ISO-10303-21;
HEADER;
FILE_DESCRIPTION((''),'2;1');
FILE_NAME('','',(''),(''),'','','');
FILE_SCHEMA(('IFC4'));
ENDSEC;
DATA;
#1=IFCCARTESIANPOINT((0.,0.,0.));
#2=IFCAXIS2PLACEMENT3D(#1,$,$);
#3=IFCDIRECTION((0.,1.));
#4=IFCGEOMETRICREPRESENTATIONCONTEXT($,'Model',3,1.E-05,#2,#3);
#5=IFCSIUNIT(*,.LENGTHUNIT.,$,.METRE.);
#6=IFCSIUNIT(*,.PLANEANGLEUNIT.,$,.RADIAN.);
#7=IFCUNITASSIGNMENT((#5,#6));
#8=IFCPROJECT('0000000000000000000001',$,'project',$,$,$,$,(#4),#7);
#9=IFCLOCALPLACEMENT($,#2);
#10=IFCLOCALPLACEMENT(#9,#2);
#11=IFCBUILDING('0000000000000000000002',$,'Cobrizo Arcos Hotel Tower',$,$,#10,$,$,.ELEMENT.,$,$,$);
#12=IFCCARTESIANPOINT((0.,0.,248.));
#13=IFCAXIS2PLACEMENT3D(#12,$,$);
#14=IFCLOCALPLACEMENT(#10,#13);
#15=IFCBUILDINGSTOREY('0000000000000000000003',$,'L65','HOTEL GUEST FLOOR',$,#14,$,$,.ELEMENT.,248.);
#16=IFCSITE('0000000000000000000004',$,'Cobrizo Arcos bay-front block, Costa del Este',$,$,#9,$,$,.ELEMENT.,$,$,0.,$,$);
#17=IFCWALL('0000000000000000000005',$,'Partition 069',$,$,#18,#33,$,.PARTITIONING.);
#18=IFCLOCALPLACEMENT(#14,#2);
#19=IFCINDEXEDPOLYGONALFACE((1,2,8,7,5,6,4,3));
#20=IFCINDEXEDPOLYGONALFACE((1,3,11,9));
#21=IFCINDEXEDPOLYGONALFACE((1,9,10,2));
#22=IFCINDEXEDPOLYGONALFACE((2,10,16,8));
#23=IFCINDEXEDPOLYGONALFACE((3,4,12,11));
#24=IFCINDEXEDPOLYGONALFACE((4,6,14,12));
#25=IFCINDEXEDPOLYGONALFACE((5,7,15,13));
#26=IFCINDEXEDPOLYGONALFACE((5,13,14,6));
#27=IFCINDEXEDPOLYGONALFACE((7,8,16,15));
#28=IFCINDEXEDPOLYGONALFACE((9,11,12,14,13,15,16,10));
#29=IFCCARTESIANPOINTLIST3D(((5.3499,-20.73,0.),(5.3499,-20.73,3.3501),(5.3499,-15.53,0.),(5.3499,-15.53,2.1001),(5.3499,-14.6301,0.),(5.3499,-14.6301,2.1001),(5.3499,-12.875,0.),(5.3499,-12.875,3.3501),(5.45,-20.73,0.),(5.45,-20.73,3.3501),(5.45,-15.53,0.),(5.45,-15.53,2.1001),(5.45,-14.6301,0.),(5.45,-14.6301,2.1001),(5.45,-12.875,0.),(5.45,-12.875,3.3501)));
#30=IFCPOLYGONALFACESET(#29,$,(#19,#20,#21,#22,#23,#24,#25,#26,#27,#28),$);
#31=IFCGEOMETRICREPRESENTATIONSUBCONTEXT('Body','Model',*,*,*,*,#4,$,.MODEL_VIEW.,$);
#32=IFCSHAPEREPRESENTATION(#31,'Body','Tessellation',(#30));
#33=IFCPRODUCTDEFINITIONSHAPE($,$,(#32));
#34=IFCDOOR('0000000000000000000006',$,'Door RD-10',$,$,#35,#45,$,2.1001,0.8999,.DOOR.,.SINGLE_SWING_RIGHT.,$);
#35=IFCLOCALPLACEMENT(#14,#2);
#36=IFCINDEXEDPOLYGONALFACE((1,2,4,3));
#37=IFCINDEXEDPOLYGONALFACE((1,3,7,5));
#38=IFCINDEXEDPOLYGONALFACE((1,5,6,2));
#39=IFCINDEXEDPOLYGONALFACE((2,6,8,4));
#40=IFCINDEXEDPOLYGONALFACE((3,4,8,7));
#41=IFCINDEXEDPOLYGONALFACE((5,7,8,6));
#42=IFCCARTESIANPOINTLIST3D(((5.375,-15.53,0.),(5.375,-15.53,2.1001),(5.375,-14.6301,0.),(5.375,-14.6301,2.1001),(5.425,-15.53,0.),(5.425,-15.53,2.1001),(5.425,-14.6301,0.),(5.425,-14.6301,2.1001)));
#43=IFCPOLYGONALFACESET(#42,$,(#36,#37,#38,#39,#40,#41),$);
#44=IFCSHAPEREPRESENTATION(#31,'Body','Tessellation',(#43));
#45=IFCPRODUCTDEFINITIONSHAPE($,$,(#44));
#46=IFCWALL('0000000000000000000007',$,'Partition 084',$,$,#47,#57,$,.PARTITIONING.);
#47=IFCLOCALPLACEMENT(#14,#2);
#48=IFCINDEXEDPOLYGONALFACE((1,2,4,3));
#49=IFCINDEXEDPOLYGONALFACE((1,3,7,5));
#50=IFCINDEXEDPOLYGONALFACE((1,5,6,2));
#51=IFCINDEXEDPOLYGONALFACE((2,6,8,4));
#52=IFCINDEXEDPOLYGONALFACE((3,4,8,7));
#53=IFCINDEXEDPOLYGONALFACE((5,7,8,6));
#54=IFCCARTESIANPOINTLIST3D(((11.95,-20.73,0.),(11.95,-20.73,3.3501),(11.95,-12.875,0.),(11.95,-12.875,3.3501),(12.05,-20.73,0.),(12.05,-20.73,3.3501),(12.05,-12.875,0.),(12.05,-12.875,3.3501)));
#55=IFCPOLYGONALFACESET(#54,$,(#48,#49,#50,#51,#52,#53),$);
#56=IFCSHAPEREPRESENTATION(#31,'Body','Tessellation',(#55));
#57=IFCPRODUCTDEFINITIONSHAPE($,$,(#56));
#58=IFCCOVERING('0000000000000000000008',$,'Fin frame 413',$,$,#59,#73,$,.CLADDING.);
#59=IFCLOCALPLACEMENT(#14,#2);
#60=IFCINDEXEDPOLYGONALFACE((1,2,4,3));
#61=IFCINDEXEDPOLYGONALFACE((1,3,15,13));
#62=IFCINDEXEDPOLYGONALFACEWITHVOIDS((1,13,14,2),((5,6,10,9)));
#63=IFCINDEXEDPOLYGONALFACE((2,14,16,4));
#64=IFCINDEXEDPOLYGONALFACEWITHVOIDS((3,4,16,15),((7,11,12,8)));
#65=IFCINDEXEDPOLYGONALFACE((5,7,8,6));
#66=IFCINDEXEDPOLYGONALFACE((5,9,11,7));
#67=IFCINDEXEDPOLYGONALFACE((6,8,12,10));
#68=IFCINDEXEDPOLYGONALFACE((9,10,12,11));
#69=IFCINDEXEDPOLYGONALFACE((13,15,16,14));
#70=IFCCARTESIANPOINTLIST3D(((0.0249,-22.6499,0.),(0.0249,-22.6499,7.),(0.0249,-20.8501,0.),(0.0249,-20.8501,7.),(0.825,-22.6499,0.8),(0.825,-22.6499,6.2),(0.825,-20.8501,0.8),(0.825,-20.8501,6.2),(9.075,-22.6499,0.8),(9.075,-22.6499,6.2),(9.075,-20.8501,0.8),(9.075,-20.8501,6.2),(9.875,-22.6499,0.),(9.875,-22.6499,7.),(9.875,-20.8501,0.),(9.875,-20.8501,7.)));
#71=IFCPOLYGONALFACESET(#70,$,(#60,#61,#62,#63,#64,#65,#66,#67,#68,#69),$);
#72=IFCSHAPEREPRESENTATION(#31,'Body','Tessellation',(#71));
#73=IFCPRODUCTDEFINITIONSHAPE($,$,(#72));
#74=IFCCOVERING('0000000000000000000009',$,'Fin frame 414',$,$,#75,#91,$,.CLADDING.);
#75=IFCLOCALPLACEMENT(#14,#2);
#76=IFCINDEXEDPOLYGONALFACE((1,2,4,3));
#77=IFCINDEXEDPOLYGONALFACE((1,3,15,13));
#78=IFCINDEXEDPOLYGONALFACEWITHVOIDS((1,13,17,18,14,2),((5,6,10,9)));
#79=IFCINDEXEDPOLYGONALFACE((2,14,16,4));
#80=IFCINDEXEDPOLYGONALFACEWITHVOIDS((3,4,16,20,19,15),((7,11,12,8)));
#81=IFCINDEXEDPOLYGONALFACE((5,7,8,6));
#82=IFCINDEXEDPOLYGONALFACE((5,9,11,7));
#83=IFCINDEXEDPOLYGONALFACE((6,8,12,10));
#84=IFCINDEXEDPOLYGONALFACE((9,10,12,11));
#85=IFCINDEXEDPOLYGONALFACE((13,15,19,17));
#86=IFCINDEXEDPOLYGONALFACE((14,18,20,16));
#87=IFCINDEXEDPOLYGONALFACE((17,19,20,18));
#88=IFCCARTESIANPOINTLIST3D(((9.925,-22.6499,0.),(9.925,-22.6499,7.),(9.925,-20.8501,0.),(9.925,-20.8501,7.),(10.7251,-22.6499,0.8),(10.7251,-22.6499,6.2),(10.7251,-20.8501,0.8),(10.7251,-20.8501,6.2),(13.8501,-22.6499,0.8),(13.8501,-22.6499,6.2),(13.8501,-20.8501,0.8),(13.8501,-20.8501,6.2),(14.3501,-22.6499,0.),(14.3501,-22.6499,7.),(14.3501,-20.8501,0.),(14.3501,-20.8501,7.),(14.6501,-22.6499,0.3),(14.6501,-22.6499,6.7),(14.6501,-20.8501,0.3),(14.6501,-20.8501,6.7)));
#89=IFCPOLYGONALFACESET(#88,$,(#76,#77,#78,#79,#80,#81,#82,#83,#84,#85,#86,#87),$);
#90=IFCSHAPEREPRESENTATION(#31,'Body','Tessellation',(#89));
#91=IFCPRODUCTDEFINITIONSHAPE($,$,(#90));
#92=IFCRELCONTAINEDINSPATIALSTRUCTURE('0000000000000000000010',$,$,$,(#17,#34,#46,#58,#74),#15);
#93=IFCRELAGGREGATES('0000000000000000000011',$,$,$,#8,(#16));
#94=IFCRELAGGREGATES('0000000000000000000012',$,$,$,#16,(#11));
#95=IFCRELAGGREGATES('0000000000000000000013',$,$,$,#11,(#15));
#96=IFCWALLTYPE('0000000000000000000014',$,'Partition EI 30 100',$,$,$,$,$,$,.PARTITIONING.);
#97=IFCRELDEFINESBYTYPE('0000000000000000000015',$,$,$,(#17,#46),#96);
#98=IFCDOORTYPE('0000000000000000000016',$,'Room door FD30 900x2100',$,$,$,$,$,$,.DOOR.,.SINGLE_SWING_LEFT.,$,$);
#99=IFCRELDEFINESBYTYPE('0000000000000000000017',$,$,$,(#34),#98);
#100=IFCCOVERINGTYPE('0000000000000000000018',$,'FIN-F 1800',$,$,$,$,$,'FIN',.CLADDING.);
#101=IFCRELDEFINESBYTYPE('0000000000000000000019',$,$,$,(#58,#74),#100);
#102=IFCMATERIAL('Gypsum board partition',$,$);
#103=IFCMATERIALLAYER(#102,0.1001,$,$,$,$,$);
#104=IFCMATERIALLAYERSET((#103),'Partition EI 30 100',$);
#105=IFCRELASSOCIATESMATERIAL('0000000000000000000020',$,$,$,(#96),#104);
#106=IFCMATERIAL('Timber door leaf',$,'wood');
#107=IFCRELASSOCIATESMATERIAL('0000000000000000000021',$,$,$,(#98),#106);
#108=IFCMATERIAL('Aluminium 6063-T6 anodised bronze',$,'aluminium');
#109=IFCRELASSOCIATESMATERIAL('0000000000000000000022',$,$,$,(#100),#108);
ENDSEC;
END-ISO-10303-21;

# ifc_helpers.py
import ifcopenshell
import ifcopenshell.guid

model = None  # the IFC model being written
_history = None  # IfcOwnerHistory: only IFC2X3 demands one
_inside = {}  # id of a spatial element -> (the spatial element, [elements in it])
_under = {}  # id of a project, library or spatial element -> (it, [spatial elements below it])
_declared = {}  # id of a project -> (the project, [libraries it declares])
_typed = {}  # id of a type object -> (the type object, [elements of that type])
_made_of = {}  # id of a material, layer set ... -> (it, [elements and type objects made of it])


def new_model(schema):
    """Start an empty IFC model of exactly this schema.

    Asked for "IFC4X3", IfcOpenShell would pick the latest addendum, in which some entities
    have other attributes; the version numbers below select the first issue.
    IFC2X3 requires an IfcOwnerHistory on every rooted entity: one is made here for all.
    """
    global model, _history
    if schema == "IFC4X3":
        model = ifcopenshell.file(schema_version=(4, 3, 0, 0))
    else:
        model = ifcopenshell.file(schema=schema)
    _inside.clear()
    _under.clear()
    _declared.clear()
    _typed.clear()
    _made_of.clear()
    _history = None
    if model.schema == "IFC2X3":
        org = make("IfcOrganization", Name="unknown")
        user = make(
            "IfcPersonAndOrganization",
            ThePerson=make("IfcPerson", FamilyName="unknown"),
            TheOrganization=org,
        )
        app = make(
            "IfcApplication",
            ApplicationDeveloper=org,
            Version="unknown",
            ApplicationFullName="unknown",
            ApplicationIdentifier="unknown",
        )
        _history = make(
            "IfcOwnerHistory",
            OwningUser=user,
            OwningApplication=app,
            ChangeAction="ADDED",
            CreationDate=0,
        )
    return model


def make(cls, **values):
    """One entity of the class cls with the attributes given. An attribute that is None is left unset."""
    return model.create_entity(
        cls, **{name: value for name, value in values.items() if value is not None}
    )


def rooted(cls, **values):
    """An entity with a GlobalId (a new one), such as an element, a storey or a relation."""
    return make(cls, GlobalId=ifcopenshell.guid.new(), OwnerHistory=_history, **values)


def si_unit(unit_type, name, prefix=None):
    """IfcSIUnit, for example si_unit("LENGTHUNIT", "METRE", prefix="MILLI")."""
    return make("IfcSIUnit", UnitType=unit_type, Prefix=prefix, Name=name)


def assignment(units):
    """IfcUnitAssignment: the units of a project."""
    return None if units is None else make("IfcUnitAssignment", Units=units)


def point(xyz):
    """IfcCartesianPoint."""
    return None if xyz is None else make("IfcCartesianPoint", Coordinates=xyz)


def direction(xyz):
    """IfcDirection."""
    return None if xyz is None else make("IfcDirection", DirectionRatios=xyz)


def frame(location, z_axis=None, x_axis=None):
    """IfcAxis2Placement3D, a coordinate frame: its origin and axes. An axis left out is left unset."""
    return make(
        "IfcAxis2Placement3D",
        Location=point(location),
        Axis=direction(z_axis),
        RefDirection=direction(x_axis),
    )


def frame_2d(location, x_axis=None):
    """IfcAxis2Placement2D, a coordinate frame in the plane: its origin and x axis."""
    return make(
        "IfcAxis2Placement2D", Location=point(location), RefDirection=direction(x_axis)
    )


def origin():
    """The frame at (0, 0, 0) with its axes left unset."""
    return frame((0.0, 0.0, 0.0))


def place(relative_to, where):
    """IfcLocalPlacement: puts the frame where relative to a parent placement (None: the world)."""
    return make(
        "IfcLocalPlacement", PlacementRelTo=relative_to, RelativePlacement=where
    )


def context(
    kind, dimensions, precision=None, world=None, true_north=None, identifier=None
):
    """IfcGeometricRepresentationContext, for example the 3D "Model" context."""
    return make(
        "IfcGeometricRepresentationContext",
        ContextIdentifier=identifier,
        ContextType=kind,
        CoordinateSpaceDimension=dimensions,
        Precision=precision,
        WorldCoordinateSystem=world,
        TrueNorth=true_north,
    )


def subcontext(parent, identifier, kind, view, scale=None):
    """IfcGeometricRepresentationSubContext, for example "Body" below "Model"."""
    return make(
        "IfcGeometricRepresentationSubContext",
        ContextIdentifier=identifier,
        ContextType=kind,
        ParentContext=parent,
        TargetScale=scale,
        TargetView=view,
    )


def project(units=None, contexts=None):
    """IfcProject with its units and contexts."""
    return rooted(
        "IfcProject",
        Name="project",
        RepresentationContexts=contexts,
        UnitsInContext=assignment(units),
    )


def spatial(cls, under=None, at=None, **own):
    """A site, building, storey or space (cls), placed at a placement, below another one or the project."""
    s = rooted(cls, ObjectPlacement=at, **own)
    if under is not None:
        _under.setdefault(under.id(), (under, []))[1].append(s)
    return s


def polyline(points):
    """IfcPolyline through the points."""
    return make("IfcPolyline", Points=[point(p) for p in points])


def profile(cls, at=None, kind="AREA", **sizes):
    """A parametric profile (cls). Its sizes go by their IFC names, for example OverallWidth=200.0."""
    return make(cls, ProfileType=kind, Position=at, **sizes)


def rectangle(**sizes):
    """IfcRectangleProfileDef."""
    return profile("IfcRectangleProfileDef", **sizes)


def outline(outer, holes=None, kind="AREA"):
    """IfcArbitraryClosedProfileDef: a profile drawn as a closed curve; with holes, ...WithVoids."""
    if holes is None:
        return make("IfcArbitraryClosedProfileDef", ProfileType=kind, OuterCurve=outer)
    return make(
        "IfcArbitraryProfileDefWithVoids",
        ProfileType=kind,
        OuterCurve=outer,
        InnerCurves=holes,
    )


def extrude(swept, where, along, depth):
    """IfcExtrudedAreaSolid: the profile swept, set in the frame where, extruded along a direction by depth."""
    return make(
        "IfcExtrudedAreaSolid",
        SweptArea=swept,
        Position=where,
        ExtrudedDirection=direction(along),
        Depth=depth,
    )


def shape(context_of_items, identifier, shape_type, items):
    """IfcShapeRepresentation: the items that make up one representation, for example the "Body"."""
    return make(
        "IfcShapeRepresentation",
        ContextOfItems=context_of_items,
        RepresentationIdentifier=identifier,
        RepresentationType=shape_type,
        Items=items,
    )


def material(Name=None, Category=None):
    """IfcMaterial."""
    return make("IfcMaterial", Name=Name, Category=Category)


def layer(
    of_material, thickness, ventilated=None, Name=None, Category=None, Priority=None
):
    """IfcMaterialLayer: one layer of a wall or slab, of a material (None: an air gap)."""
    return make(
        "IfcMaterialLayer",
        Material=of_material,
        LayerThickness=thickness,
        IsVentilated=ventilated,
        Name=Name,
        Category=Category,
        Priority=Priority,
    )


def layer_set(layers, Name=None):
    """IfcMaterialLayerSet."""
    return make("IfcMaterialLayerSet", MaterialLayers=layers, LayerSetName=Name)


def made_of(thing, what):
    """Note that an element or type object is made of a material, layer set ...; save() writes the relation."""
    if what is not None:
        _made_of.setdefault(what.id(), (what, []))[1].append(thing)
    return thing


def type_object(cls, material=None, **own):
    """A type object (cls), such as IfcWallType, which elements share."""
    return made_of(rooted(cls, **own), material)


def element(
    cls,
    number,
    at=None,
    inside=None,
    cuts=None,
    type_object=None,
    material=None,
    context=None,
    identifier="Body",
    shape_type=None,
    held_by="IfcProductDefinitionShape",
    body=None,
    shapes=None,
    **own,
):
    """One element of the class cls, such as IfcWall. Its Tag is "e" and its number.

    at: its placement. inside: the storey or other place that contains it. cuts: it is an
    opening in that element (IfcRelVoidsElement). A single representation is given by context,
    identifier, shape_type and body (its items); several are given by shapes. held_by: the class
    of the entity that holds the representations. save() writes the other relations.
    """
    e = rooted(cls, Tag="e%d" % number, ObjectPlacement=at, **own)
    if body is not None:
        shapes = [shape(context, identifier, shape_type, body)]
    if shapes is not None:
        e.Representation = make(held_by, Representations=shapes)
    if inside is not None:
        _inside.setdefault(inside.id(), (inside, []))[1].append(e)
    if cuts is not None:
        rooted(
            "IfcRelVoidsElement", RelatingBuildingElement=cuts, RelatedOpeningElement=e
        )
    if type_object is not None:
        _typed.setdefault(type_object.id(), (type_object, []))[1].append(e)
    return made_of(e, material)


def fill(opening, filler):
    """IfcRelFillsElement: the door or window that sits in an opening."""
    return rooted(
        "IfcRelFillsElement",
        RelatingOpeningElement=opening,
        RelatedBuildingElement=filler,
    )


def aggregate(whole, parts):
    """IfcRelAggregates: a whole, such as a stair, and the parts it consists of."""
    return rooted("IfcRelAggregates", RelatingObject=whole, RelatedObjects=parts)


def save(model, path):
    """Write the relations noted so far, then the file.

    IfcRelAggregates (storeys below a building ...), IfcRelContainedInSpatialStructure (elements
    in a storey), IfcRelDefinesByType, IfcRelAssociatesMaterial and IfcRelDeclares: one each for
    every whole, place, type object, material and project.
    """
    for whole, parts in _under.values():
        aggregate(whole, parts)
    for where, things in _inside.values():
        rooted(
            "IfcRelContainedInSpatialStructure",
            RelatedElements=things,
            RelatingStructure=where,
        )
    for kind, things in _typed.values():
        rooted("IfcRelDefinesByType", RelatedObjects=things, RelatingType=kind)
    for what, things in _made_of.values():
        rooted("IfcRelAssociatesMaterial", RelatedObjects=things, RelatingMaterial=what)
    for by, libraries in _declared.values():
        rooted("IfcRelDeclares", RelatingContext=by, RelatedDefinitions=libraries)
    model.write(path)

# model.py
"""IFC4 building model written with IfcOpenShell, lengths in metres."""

from ifc_helpers import new_model, si_unit, direction, frame, frame_2d, origin, place, context, subcontext, project, spatial, polyline, rectangle, outline, extrude, material, layer, layer_set, type_object, element, fill, save


model = new_model("IFC4")

# Units and contexts
model_context = context("Model", 3, precision=1e-05, world=origin(), true_north=direction((0.0, 1.0)))
body_context = subcontext(model_context, "Body", "Model", "MODEL_VIEW")
ifc_project = project(units=[si_unit("LENGTHUNIT", "METRE"), si_unit("PLANEANGLEUNIT", "RADIAN")], contexts=[model_context])

# Site, building, storey
site_placement = place(None, origin())
site = spatial("IfcSite", under=ifc_project, at=site_placement, Name="Cobrizo Arcos bay-front block, Costa del Este", CompositionType="ELEMENT", RefElevation=0.0)
building_placement = place(site_placement, origin())
building = spatial("IfcBuilding", under=site, at=building_placement, Name="Cobrizo Arcos Hotel Tower", CompositionType="ELEMENT")
storey_placement = place(building_placement, frame((0.0, 0.0, 248.0)))
storey = spatial("IfcBuildingStorey", under=building, at=storey_placement, Name="L65", Description="HOTEL GUEST FLOOR", CompositionType="ELEMENT", Elevation=248.0)

# Shared definitions
ifc_material_1 = material(Name="Aluminium 6063-T6 anodised bronze", Category="aluminium")

# Shared definitions
ifc_material_2 = material(Name="Gypsum board partition")
ifc_layer_1 = layer(ifc_material_2, 0.1001)
ifc_layer_set_1 = layer_set([ifc_layer_1], Name="Partition EI 30 100")
wall_type = type_object("IfcWallType", Name="Partition EI 30 100", PredefinedType="PARTITIONING", material=ifc_layer_set_1)
ifc_material_3 = material(Name="Timber door leaf", Category="wood")

# Wall, opening, door
wall_1_placement = place(storey_placement, frame((5.3999, -20.73, 0.0), z_axis=(0.0, 0.0, 1.0), x_axis=(0.0, 1.0, 0.0)))
wall_1 = element("IfcWall", 1, at=wall_1_placement, inside=storey, type_object=wall_type, Name="Partition 069", PredefinedType="PARTITIONING", context=body_context, shape_type="SweptSolid", body=[
    extrude(rectangle(XDim=7.855, YDim=0.1001, at=frame_2d((3.9275, 0.0))), origin(), (0.0, 0.0, 1.0), 3.3501),
])
opening_1_placement = place(wall_1_placement, frame((5.2, 0.0, 0.0)))
opening_1 = element("IfcOpeningElement", 2, at=opening_1_placement, cuts=wall_1, PredefinedType="OPENING", context=body_context, shape_type="SweptSolid", body=[
    extrude(rectangle(XDim=0.8999, YDim=2.1001, at=frame_2d((0.45, 1.05))), frame((0.0, 0.062, 0.0), z_axis=(0.0, -1.0, 0.0), x_axis=(1.0, 0.0, 0.0)), (0.0, 0.0, 1.0), 0.124),
])
door_type_1 = type_object("IfcDoorType", Name="Room door FD30 900x2100", OperationType="SINGLE_SWING_LEFT", PredefinedType="DOOR", material=ifc_material_3)
door_1_placement = place(opening_1_placement, origin())
door_1 = element("IfcDoor", 3, at=door_1_placement, inside=storey, type_object=door_type_1, Name="Door RD-10", OperationType="SINGLE_SWING_RIGHT", OverallHeight=2.1001, OverallWidth=0.8999, PredefinedType="DOOR", context=body_context, shape_type="SweptSolid", body=[
    extrude(rectangle(XDim=0.8999, YDim=2.1001, at=frame_2d((0.45, 1.05))), frame((0.0, 0.0249, 0.0), z_axis=(0.0, -1.0, 0.0), x_axis=(1.0, 0.0, 0.0)), (0.0, 0.0, 1.0), 0.05),
])
fill(opening_1, door_1)

# Wall
wall_2_placement = place(storey_placement, frame((12.0, -20.73, 0.0), z_axis=(0.0, 0.0, 1.0), x_axis=(0.0, 1.0, 0.0)))
element("IfcWall", 4, at=wall_2_placement, inside=storey, type_object=wall_type, Name="Partition 084", PredefinedType="PARTITIONING", context=body_context, shape_type="SweptSolid", body=[
    extrude(rectangle(XDim=7.855, YDim=0.1001, at=frame_2d((3.9275, 0.0))), origin(), (0.0, 0.0, 1.0), 3.3501),
])

# Coverings
covering_type = type_object("IfcCoveringType", Name="FIN-F 1800", ElementType="FIN", PredefinedType="CLADDING", material=ifc_material_1)
covering_1_placement = place(storey_placement, frame((0.0249, -20.8501, 0.0), z_axis=(0.0, -1.0, 0.0), x_axis=(1.0, 0.0, 0.0)))
element("IfcCovering", 5, at=covering_1_placement, inside=storey, type_object=covering_type, Name="Fin frame 413", PredefinedType="CLADDING", context=body_context, shape_type="SweptSolid", body=[
    extrude(outline(polyline([(0.0, 7.0), (0.0, 0.0), (9.8501, 0.0), (9.8501, 7.0), (0.0, 7.0)]), holes=[polyline([(9.05, 0.8), (0.8, 0.8), (0.8, 6.2), (9.05, 6.2), (9.05, 0.8)])]), origin(), (0.0, 0.0, 1.0), 1.7998),
])
covering_2_placement = place(storey_placement, frame((9.925, -20.8501, 0.0), z_axis=(0.0, -1.0, 0.0), x_axis=(1.0, 0.0, 0.0)))
element("IfcCovering", 6, at=covering_2_placement, inside=storey, type_object=covering_type, Name="Fin frame 414", PredefinedType="CLADDING", context=body_context, shape_type="SweptSolid", body=[
    extrude(outline(polyline([(0.0, 7.0), (0.0, 0.0), (4.425, 0.0), (4.7251, 0.3), (4.7251, 6.7), (4.425, 7.0), (0.0, 7.0)]), holes=[polyline([(3.925, 0.8), (0.8, 0.8), (0.8, 6.2), (3.925, 6.2), (3.925, 0.8)])]), origin(), (0.0, 0.0, 1.0), 1.7998),
])

save(model, "model.ifc")
